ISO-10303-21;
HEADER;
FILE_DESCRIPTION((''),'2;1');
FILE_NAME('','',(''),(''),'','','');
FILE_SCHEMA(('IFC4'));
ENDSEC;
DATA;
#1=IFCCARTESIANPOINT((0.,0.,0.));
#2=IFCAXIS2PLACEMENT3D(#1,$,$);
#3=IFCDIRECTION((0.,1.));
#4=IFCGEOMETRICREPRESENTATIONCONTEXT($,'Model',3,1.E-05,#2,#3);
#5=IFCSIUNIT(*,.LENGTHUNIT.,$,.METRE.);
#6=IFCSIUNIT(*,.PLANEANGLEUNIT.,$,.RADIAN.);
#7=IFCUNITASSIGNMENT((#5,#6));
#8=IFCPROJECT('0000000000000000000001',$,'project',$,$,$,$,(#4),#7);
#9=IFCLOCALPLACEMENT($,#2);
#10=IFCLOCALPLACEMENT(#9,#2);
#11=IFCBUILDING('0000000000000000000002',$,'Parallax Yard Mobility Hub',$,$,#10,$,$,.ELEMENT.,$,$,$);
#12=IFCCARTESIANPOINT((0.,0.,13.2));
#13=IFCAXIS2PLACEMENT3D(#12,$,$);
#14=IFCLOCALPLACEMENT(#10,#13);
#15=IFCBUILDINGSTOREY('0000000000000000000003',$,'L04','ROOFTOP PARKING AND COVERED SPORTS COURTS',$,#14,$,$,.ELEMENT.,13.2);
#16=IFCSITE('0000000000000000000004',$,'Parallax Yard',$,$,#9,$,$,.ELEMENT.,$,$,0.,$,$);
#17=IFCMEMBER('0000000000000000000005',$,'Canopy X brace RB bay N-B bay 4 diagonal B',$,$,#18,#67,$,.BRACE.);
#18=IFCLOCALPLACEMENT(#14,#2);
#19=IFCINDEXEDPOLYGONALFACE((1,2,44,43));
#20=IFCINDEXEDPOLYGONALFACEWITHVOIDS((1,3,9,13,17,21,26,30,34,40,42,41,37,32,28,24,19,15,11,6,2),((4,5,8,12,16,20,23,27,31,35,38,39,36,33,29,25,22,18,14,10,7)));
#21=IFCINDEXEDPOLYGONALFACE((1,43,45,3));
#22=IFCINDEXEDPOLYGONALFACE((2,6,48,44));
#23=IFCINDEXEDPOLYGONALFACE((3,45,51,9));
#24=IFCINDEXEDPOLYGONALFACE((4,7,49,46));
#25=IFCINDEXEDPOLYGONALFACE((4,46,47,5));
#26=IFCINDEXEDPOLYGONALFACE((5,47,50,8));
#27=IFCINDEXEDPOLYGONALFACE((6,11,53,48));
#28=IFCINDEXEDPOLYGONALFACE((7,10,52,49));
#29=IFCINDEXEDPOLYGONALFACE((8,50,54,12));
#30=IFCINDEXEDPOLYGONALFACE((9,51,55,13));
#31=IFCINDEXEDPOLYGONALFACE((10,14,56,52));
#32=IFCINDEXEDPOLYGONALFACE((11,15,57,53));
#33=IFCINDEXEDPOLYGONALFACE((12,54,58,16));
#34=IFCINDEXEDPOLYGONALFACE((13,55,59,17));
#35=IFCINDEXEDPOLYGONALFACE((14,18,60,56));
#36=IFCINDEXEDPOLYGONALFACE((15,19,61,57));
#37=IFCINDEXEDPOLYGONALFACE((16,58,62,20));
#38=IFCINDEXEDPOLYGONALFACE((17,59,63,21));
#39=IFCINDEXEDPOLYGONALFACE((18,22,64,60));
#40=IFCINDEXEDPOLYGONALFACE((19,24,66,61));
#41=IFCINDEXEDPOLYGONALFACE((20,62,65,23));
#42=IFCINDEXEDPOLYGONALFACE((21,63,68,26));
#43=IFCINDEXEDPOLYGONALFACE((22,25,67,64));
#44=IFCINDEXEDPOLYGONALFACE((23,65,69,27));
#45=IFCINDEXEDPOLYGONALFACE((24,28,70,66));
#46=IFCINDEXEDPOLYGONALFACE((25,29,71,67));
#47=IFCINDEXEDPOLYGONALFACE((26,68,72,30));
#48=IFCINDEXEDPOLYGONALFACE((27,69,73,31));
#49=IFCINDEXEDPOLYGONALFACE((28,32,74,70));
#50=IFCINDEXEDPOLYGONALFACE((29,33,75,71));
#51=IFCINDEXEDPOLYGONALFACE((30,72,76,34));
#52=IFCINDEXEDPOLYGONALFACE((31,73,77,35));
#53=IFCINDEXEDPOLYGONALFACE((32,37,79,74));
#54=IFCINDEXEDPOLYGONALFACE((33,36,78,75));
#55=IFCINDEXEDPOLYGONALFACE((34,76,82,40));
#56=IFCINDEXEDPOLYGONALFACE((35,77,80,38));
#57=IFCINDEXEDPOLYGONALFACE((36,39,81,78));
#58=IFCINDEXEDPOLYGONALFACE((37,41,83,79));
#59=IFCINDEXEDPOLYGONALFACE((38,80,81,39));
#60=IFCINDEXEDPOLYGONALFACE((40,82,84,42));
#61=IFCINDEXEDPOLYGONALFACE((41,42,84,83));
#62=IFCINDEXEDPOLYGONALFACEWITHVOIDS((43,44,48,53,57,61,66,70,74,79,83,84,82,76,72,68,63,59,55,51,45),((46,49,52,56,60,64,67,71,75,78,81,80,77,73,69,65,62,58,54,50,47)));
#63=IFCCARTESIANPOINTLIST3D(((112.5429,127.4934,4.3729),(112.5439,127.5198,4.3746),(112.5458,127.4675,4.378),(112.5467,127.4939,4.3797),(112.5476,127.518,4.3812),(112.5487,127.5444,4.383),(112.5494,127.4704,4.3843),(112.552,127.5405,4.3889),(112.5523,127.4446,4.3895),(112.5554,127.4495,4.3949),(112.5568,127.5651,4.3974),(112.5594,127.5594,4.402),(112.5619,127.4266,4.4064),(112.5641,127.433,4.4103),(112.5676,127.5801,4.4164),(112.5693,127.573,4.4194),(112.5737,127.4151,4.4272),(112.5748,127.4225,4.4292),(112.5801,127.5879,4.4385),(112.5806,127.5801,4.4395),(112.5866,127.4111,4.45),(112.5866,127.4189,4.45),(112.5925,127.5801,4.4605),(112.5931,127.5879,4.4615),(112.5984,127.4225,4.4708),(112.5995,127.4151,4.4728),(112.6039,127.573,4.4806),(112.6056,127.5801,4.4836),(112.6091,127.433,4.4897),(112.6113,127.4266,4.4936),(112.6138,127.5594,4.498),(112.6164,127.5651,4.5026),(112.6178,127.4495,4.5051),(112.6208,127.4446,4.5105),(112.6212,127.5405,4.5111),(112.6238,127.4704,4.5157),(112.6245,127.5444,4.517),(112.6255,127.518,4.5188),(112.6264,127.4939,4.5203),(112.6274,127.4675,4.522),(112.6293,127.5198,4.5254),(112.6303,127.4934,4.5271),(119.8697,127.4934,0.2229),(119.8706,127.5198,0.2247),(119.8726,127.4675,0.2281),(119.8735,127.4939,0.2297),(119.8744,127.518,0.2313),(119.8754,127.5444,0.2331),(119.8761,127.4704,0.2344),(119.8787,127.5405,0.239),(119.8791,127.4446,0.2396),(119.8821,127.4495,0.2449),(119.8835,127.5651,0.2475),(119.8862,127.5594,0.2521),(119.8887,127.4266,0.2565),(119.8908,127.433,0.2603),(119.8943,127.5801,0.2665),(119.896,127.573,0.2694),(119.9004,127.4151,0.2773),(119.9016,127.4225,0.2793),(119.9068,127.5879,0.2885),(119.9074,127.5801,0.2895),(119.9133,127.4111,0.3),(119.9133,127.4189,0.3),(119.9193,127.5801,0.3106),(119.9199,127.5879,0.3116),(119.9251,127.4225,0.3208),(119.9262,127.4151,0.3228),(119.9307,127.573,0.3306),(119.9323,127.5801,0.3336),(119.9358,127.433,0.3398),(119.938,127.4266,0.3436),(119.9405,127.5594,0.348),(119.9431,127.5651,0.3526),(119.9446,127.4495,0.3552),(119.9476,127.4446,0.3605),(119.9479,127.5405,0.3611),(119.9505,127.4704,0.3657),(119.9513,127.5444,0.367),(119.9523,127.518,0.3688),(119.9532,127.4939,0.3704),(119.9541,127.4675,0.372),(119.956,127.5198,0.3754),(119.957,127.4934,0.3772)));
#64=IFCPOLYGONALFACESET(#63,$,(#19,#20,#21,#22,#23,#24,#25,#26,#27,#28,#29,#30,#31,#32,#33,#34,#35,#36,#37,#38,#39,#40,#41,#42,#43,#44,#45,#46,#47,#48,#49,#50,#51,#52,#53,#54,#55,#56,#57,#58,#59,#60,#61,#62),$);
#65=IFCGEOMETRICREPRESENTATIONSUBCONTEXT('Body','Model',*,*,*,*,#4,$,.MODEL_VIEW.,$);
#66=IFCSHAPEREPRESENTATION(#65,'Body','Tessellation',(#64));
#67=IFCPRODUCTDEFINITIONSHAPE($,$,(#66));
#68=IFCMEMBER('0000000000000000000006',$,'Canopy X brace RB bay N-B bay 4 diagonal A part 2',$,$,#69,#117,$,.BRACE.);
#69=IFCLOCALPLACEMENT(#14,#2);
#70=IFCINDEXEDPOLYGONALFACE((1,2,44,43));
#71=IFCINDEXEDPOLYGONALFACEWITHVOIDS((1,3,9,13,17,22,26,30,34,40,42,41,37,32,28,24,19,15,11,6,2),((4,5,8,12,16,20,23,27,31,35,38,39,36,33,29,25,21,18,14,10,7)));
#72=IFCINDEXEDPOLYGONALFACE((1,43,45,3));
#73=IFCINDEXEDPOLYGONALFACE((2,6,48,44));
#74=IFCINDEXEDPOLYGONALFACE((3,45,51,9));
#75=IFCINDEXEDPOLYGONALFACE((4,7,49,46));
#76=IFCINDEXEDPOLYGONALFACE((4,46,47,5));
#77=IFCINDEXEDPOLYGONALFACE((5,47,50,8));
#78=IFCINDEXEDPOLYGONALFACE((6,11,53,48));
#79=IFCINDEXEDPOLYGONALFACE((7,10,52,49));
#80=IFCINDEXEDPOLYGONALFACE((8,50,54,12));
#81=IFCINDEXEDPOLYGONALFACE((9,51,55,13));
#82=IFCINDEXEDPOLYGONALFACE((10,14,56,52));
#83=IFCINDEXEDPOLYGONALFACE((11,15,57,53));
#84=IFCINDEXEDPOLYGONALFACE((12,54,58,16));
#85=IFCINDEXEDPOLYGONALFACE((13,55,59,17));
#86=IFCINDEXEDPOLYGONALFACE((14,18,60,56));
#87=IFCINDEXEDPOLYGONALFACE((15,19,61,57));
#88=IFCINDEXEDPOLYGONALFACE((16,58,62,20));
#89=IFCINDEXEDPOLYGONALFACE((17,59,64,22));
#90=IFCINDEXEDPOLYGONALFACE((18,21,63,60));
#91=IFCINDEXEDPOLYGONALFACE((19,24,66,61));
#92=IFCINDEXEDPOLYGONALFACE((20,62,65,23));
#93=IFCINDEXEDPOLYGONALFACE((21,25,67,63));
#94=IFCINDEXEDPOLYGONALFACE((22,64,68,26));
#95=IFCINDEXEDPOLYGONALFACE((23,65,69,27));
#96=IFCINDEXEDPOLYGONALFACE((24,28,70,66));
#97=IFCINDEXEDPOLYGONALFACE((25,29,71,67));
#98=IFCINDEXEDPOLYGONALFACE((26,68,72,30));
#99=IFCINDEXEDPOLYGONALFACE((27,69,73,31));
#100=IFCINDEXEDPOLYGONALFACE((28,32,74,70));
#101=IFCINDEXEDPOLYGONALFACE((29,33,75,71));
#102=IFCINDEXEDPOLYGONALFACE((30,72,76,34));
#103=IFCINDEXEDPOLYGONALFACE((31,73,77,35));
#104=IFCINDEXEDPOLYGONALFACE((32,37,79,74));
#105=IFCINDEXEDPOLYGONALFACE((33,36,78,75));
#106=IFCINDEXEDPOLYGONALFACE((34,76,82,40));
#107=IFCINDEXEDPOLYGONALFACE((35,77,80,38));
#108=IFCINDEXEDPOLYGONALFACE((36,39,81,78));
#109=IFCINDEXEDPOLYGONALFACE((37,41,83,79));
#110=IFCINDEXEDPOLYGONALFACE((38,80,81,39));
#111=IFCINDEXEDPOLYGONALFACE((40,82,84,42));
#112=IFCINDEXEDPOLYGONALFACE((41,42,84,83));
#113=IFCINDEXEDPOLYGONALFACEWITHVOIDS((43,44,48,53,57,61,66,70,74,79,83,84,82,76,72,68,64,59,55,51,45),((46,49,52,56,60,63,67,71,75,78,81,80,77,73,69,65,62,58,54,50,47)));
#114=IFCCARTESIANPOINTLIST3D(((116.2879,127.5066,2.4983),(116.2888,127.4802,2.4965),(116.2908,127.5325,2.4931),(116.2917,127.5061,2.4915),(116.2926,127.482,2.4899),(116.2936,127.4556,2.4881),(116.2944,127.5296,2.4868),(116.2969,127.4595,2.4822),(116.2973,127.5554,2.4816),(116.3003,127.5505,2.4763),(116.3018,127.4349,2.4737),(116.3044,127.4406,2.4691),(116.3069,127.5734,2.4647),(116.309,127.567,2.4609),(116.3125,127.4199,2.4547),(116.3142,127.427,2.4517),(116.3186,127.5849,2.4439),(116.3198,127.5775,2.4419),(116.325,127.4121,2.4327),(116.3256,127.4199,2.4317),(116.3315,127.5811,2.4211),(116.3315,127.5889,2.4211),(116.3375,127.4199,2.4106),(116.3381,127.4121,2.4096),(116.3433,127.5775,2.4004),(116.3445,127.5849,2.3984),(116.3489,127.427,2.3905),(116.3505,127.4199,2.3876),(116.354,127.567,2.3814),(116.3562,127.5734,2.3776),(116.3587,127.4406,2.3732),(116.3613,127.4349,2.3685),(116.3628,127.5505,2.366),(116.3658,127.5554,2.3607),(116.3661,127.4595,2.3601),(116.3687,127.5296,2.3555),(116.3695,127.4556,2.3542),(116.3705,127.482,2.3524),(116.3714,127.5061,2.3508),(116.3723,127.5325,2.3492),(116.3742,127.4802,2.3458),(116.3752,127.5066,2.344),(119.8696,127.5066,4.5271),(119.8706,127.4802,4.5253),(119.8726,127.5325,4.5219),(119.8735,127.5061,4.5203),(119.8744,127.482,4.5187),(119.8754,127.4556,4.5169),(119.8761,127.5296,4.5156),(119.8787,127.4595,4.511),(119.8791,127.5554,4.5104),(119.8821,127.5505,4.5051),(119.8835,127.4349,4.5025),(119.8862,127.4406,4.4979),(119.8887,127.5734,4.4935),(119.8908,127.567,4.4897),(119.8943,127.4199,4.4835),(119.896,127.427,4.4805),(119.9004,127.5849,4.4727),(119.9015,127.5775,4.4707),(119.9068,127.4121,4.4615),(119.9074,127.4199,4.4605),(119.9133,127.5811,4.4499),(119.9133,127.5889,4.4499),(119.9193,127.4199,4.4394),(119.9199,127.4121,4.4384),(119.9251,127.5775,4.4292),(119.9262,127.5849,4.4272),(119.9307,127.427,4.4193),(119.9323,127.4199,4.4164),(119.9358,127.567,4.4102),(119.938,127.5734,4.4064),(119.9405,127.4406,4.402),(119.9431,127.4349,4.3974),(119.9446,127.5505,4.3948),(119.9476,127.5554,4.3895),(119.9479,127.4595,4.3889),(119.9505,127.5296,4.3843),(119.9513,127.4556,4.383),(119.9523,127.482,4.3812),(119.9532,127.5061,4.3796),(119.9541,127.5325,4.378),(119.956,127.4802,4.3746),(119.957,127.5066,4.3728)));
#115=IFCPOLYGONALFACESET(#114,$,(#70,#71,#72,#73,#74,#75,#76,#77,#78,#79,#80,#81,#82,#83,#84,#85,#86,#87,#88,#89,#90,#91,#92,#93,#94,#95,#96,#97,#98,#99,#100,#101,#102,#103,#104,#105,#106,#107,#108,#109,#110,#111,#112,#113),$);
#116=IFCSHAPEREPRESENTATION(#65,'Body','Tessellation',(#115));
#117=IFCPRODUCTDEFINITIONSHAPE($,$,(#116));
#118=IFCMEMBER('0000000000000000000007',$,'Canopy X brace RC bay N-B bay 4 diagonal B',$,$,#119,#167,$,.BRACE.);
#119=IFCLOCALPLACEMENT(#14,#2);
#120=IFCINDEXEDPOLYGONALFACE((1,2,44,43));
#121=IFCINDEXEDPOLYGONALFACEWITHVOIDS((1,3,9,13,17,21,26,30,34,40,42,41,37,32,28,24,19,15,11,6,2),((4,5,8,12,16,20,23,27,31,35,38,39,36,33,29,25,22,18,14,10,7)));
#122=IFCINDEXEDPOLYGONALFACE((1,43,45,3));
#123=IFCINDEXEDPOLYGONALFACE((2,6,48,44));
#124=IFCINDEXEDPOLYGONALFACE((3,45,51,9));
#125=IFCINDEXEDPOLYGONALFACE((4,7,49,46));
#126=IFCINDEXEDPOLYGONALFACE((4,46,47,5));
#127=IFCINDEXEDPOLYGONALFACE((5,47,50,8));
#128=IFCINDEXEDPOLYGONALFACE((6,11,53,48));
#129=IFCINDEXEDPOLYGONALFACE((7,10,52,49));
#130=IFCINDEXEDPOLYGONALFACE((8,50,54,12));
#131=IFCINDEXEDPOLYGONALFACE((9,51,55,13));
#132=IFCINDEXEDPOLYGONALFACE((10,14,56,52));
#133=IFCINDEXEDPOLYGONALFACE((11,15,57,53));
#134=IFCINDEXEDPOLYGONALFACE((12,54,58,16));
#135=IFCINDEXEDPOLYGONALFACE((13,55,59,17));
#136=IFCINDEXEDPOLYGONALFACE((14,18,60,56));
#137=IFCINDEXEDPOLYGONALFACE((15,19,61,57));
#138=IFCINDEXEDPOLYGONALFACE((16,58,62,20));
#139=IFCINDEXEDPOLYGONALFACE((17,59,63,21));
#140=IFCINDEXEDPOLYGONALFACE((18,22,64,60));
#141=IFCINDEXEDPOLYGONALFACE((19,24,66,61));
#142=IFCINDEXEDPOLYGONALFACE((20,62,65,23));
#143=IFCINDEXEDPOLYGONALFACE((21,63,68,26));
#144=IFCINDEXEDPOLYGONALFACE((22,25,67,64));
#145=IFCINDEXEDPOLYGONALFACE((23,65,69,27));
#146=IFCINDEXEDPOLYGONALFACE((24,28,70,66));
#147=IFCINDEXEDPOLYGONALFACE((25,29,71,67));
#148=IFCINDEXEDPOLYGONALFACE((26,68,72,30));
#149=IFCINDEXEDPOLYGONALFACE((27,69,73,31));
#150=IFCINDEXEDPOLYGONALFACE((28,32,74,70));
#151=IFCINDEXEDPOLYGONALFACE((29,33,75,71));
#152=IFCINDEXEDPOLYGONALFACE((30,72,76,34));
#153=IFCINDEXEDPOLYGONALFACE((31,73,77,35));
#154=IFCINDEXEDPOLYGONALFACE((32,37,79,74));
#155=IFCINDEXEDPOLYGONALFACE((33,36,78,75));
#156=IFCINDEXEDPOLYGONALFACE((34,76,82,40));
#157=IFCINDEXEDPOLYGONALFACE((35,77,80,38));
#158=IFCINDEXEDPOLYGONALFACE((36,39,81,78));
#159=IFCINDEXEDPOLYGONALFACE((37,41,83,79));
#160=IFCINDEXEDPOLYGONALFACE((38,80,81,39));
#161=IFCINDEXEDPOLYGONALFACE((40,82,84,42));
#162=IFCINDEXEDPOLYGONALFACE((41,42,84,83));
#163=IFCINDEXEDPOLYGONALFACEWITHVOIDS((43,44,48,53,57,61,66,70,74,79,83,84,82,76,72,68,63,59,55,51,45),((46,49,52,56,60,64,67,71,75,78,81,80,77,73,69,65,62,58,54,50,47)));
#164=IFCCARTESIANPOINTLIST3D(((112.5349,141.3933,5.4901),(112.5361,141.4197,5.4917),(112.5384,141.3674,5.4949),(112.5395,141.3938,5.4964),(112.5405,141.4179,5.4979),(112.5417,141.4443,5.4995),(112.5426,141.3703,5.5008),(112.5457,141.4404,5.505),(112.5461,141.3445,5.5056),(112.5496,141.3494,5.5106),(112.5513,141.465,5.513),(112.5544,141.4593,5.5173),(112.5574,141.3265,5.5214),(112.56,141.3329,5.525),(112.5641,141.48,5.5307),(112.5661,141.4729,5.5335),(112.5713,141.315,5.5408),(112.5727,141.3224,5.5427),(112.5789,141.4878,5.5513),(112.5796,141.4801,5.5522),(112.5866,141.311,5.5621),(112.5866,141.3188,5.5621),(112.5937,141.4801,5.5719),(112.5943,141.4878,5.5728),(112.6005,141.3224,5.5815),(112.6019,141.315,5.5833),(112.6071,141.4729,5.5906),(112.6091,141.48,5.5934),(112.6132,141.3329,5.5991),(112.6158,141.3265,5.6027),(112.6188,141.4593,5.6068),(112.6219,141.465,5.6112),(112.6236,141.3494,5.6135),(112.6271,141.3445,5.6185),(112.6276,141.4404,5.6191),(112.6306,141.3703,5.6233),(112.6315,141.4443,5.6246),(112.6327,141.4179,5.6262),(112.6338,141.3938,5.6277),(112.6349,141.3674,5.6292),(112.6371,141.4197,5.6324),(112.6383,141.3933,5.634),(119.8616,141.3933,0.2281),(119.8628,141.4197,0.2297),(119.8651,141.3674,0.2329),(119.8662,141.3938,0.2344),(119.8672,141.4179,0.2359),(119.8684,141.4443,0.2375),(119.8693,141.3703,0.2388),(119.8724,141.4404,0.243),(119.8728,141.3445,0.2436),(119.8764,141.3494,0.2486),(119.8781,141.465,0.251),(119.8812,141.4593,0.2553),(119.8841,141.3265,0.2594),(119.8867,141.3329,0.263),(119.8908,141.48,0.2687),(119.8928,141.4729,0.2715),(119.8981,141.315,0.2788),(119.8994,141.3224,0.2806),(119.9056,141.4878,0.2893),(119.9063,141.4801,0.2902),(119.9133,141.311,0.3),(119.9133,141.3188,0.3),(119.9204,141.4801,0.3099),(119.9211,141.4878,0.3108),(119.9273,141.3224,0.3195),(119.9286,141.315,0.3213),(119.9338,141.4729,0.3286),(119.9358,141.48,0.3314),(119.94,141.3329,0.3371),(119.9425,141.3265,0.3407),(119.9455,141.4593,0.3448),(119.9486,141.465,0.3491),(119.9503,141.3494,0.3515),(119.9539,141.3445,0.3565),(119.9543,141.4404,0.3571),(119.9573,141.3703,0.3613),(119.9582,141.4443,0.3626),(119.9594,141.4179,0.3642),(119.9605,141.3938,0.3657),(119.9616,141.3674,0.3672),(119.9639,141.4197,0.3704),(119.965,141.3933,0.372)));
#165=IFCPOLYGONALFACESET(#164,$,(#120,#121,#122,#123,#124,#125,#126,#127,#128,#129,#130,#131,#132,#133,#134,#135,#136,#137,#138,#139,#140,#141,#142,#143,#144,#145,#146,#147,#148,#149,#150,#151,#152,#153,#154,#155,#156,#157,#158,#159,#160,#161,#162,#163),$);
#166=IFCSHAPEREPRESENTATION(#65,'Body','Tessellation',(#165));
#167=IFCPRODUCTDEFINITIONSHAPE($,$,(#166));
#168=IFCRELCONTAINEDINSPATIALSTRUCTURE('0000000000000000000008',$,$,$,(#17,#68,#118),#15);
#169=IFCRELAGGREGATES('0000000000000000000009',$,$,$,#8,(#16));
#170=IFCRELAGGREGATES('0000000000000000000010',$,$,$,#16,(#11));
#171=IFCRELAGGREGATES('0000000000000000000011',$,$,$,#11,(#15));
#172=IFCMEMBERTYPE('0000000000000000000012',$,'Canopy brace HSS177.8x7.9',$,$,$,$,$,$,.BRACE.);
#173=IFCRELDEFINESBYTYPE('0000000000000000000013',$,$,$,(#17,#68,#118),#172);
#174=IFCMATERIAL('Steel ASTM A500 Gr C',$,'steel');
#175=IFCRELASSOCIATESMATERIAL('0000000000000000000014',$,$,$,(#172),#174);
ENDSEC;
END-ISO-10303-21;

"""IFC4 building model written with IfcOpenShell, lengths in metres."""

from ifc_helpers import new_model, si_unit, direction, frame, origin, origin_2d, place, context, subcontext, project, spatial, hollow_circle, extrude, material, material_profile, profile_set, type_object, element, save


model = new_model("IFC4")

# Units and contexts
model_context = context("Model", 3, precision=1e-05, world=origin(), true_north=direction((0.0, 1.0)))
body_context = subcontext(model_context, "Body", "Model", "MODEL_VIEW")
ifc_project = project(units=[si_unit("LENGTHUNIT", "METRE"), si_unit("PLANEANGLEUNIT", "RADIAN")], contexts=[model_context])

# Site, building, storey
site_placement = place(None, origin())
site = spatial("IfcSite", under=ifc_project, at=site_placement, Name="Parallax Yard", CompositionType="ELEMENT", RefElevation=0.0)
building_placement = place(site_placement, origin())
building = spatial("IfcBuilding", under=site, at=building_placement, Name="Parallax Yard Mobility Hub", CompositionType="ELEMENT")
storey_placement = place(building_placement, frame((0.0, 0.0, 13.2)))
storey = spatial("IfcBuildingStorey", under=building, at=storey_placement, Name="L04", Description="ROOFTOP PARKING AND COVERED SPORTS COURTS", CompositionType="ELEMENT", Elevation=13.2)

# Members
ifc_material_1 = material(Name="Steel ASTM A500 Gr C", Category="steel")
ifc_material_profile_1 = material_profile(ifc_material_1, hollow_circle(Radius=0.0889, WallThickness=0.0078, at=origin_2d()), Name="HSS177.8x7.9")
ifc_profile_set_1 = profile_set([ifc_material_profile_1], Name="Steel ASTM A500 Gr C")
member_type_1 = type_object("IfcMemberType", Name="Canopy brace HSS177.8x7.9", PredefinedType="BRACE", material=ifc_profile_set_1)
member_1_placement = place(storey_placement, frame((119.9133, 127.5, 0.3), z_axis=(-0.870118, 0.0, 0.492844), x_axis=(0.0, -1.0, 0.0)))
element("IfcMember", 1, at=member_1_placement, inside=storey, type_object=member_type_1, Name="Canopy X brace RB bay N-B bay 4 diagonal B", PredefinedType="BRACE", context=body_context, shape_type="SweptSolid", body=[
    extrude(hollow_circle(Radius=0.0889, WallThickness=0.0078, at=origin_2d()), origin(), (0.0, 0.0, 1.0), 8.4204),
])
member_2_placement = place(storey_placement, frame((116.3315, 127.5, 2.4211), z_axis=(0.870113, 0.0, 0.492852), x_axis=(0.0, 1.0, 0.0)))
element("IfcMember", 2, at=member_2_placement, inside=storey, type_object=member_type_1, Name="Canopy X brace RB bay N-B bay 4 diagonal A part 2", PredefinedType="BRACE", context=body_context, shape_type="SweptSolid", body=[
    extrude(hollow_circle(Radius=0.0889, WallThickness=0.0078, at=origin_2d()), origin(), (0.0, 0.0, 1.0), 4.1165),
])
member_3_placement = place(storey_placement, frame((119.9133, 141.3999, 0.3), z_axis=(-0.812229, 0.0, 0.583338), x_axis=(0.0, -1.0, 0.0)))
element("IfcMember", 3, at=member_3_placement, inside=storey, type_object=member_type_1, Name="Canopy X brace RC bay N-B bay 4 diagonal B", PredefinedType="BRACE", context=body_context, shape_type="SweptSolid", body=[
    extrude(hollow_circle(Radius=0.0889, WallThickness=0.0078, at=origin_2d()), origin(), (0.0, 0.0, 1.0), 9.0205),
])

save(model, "model.ifc")
